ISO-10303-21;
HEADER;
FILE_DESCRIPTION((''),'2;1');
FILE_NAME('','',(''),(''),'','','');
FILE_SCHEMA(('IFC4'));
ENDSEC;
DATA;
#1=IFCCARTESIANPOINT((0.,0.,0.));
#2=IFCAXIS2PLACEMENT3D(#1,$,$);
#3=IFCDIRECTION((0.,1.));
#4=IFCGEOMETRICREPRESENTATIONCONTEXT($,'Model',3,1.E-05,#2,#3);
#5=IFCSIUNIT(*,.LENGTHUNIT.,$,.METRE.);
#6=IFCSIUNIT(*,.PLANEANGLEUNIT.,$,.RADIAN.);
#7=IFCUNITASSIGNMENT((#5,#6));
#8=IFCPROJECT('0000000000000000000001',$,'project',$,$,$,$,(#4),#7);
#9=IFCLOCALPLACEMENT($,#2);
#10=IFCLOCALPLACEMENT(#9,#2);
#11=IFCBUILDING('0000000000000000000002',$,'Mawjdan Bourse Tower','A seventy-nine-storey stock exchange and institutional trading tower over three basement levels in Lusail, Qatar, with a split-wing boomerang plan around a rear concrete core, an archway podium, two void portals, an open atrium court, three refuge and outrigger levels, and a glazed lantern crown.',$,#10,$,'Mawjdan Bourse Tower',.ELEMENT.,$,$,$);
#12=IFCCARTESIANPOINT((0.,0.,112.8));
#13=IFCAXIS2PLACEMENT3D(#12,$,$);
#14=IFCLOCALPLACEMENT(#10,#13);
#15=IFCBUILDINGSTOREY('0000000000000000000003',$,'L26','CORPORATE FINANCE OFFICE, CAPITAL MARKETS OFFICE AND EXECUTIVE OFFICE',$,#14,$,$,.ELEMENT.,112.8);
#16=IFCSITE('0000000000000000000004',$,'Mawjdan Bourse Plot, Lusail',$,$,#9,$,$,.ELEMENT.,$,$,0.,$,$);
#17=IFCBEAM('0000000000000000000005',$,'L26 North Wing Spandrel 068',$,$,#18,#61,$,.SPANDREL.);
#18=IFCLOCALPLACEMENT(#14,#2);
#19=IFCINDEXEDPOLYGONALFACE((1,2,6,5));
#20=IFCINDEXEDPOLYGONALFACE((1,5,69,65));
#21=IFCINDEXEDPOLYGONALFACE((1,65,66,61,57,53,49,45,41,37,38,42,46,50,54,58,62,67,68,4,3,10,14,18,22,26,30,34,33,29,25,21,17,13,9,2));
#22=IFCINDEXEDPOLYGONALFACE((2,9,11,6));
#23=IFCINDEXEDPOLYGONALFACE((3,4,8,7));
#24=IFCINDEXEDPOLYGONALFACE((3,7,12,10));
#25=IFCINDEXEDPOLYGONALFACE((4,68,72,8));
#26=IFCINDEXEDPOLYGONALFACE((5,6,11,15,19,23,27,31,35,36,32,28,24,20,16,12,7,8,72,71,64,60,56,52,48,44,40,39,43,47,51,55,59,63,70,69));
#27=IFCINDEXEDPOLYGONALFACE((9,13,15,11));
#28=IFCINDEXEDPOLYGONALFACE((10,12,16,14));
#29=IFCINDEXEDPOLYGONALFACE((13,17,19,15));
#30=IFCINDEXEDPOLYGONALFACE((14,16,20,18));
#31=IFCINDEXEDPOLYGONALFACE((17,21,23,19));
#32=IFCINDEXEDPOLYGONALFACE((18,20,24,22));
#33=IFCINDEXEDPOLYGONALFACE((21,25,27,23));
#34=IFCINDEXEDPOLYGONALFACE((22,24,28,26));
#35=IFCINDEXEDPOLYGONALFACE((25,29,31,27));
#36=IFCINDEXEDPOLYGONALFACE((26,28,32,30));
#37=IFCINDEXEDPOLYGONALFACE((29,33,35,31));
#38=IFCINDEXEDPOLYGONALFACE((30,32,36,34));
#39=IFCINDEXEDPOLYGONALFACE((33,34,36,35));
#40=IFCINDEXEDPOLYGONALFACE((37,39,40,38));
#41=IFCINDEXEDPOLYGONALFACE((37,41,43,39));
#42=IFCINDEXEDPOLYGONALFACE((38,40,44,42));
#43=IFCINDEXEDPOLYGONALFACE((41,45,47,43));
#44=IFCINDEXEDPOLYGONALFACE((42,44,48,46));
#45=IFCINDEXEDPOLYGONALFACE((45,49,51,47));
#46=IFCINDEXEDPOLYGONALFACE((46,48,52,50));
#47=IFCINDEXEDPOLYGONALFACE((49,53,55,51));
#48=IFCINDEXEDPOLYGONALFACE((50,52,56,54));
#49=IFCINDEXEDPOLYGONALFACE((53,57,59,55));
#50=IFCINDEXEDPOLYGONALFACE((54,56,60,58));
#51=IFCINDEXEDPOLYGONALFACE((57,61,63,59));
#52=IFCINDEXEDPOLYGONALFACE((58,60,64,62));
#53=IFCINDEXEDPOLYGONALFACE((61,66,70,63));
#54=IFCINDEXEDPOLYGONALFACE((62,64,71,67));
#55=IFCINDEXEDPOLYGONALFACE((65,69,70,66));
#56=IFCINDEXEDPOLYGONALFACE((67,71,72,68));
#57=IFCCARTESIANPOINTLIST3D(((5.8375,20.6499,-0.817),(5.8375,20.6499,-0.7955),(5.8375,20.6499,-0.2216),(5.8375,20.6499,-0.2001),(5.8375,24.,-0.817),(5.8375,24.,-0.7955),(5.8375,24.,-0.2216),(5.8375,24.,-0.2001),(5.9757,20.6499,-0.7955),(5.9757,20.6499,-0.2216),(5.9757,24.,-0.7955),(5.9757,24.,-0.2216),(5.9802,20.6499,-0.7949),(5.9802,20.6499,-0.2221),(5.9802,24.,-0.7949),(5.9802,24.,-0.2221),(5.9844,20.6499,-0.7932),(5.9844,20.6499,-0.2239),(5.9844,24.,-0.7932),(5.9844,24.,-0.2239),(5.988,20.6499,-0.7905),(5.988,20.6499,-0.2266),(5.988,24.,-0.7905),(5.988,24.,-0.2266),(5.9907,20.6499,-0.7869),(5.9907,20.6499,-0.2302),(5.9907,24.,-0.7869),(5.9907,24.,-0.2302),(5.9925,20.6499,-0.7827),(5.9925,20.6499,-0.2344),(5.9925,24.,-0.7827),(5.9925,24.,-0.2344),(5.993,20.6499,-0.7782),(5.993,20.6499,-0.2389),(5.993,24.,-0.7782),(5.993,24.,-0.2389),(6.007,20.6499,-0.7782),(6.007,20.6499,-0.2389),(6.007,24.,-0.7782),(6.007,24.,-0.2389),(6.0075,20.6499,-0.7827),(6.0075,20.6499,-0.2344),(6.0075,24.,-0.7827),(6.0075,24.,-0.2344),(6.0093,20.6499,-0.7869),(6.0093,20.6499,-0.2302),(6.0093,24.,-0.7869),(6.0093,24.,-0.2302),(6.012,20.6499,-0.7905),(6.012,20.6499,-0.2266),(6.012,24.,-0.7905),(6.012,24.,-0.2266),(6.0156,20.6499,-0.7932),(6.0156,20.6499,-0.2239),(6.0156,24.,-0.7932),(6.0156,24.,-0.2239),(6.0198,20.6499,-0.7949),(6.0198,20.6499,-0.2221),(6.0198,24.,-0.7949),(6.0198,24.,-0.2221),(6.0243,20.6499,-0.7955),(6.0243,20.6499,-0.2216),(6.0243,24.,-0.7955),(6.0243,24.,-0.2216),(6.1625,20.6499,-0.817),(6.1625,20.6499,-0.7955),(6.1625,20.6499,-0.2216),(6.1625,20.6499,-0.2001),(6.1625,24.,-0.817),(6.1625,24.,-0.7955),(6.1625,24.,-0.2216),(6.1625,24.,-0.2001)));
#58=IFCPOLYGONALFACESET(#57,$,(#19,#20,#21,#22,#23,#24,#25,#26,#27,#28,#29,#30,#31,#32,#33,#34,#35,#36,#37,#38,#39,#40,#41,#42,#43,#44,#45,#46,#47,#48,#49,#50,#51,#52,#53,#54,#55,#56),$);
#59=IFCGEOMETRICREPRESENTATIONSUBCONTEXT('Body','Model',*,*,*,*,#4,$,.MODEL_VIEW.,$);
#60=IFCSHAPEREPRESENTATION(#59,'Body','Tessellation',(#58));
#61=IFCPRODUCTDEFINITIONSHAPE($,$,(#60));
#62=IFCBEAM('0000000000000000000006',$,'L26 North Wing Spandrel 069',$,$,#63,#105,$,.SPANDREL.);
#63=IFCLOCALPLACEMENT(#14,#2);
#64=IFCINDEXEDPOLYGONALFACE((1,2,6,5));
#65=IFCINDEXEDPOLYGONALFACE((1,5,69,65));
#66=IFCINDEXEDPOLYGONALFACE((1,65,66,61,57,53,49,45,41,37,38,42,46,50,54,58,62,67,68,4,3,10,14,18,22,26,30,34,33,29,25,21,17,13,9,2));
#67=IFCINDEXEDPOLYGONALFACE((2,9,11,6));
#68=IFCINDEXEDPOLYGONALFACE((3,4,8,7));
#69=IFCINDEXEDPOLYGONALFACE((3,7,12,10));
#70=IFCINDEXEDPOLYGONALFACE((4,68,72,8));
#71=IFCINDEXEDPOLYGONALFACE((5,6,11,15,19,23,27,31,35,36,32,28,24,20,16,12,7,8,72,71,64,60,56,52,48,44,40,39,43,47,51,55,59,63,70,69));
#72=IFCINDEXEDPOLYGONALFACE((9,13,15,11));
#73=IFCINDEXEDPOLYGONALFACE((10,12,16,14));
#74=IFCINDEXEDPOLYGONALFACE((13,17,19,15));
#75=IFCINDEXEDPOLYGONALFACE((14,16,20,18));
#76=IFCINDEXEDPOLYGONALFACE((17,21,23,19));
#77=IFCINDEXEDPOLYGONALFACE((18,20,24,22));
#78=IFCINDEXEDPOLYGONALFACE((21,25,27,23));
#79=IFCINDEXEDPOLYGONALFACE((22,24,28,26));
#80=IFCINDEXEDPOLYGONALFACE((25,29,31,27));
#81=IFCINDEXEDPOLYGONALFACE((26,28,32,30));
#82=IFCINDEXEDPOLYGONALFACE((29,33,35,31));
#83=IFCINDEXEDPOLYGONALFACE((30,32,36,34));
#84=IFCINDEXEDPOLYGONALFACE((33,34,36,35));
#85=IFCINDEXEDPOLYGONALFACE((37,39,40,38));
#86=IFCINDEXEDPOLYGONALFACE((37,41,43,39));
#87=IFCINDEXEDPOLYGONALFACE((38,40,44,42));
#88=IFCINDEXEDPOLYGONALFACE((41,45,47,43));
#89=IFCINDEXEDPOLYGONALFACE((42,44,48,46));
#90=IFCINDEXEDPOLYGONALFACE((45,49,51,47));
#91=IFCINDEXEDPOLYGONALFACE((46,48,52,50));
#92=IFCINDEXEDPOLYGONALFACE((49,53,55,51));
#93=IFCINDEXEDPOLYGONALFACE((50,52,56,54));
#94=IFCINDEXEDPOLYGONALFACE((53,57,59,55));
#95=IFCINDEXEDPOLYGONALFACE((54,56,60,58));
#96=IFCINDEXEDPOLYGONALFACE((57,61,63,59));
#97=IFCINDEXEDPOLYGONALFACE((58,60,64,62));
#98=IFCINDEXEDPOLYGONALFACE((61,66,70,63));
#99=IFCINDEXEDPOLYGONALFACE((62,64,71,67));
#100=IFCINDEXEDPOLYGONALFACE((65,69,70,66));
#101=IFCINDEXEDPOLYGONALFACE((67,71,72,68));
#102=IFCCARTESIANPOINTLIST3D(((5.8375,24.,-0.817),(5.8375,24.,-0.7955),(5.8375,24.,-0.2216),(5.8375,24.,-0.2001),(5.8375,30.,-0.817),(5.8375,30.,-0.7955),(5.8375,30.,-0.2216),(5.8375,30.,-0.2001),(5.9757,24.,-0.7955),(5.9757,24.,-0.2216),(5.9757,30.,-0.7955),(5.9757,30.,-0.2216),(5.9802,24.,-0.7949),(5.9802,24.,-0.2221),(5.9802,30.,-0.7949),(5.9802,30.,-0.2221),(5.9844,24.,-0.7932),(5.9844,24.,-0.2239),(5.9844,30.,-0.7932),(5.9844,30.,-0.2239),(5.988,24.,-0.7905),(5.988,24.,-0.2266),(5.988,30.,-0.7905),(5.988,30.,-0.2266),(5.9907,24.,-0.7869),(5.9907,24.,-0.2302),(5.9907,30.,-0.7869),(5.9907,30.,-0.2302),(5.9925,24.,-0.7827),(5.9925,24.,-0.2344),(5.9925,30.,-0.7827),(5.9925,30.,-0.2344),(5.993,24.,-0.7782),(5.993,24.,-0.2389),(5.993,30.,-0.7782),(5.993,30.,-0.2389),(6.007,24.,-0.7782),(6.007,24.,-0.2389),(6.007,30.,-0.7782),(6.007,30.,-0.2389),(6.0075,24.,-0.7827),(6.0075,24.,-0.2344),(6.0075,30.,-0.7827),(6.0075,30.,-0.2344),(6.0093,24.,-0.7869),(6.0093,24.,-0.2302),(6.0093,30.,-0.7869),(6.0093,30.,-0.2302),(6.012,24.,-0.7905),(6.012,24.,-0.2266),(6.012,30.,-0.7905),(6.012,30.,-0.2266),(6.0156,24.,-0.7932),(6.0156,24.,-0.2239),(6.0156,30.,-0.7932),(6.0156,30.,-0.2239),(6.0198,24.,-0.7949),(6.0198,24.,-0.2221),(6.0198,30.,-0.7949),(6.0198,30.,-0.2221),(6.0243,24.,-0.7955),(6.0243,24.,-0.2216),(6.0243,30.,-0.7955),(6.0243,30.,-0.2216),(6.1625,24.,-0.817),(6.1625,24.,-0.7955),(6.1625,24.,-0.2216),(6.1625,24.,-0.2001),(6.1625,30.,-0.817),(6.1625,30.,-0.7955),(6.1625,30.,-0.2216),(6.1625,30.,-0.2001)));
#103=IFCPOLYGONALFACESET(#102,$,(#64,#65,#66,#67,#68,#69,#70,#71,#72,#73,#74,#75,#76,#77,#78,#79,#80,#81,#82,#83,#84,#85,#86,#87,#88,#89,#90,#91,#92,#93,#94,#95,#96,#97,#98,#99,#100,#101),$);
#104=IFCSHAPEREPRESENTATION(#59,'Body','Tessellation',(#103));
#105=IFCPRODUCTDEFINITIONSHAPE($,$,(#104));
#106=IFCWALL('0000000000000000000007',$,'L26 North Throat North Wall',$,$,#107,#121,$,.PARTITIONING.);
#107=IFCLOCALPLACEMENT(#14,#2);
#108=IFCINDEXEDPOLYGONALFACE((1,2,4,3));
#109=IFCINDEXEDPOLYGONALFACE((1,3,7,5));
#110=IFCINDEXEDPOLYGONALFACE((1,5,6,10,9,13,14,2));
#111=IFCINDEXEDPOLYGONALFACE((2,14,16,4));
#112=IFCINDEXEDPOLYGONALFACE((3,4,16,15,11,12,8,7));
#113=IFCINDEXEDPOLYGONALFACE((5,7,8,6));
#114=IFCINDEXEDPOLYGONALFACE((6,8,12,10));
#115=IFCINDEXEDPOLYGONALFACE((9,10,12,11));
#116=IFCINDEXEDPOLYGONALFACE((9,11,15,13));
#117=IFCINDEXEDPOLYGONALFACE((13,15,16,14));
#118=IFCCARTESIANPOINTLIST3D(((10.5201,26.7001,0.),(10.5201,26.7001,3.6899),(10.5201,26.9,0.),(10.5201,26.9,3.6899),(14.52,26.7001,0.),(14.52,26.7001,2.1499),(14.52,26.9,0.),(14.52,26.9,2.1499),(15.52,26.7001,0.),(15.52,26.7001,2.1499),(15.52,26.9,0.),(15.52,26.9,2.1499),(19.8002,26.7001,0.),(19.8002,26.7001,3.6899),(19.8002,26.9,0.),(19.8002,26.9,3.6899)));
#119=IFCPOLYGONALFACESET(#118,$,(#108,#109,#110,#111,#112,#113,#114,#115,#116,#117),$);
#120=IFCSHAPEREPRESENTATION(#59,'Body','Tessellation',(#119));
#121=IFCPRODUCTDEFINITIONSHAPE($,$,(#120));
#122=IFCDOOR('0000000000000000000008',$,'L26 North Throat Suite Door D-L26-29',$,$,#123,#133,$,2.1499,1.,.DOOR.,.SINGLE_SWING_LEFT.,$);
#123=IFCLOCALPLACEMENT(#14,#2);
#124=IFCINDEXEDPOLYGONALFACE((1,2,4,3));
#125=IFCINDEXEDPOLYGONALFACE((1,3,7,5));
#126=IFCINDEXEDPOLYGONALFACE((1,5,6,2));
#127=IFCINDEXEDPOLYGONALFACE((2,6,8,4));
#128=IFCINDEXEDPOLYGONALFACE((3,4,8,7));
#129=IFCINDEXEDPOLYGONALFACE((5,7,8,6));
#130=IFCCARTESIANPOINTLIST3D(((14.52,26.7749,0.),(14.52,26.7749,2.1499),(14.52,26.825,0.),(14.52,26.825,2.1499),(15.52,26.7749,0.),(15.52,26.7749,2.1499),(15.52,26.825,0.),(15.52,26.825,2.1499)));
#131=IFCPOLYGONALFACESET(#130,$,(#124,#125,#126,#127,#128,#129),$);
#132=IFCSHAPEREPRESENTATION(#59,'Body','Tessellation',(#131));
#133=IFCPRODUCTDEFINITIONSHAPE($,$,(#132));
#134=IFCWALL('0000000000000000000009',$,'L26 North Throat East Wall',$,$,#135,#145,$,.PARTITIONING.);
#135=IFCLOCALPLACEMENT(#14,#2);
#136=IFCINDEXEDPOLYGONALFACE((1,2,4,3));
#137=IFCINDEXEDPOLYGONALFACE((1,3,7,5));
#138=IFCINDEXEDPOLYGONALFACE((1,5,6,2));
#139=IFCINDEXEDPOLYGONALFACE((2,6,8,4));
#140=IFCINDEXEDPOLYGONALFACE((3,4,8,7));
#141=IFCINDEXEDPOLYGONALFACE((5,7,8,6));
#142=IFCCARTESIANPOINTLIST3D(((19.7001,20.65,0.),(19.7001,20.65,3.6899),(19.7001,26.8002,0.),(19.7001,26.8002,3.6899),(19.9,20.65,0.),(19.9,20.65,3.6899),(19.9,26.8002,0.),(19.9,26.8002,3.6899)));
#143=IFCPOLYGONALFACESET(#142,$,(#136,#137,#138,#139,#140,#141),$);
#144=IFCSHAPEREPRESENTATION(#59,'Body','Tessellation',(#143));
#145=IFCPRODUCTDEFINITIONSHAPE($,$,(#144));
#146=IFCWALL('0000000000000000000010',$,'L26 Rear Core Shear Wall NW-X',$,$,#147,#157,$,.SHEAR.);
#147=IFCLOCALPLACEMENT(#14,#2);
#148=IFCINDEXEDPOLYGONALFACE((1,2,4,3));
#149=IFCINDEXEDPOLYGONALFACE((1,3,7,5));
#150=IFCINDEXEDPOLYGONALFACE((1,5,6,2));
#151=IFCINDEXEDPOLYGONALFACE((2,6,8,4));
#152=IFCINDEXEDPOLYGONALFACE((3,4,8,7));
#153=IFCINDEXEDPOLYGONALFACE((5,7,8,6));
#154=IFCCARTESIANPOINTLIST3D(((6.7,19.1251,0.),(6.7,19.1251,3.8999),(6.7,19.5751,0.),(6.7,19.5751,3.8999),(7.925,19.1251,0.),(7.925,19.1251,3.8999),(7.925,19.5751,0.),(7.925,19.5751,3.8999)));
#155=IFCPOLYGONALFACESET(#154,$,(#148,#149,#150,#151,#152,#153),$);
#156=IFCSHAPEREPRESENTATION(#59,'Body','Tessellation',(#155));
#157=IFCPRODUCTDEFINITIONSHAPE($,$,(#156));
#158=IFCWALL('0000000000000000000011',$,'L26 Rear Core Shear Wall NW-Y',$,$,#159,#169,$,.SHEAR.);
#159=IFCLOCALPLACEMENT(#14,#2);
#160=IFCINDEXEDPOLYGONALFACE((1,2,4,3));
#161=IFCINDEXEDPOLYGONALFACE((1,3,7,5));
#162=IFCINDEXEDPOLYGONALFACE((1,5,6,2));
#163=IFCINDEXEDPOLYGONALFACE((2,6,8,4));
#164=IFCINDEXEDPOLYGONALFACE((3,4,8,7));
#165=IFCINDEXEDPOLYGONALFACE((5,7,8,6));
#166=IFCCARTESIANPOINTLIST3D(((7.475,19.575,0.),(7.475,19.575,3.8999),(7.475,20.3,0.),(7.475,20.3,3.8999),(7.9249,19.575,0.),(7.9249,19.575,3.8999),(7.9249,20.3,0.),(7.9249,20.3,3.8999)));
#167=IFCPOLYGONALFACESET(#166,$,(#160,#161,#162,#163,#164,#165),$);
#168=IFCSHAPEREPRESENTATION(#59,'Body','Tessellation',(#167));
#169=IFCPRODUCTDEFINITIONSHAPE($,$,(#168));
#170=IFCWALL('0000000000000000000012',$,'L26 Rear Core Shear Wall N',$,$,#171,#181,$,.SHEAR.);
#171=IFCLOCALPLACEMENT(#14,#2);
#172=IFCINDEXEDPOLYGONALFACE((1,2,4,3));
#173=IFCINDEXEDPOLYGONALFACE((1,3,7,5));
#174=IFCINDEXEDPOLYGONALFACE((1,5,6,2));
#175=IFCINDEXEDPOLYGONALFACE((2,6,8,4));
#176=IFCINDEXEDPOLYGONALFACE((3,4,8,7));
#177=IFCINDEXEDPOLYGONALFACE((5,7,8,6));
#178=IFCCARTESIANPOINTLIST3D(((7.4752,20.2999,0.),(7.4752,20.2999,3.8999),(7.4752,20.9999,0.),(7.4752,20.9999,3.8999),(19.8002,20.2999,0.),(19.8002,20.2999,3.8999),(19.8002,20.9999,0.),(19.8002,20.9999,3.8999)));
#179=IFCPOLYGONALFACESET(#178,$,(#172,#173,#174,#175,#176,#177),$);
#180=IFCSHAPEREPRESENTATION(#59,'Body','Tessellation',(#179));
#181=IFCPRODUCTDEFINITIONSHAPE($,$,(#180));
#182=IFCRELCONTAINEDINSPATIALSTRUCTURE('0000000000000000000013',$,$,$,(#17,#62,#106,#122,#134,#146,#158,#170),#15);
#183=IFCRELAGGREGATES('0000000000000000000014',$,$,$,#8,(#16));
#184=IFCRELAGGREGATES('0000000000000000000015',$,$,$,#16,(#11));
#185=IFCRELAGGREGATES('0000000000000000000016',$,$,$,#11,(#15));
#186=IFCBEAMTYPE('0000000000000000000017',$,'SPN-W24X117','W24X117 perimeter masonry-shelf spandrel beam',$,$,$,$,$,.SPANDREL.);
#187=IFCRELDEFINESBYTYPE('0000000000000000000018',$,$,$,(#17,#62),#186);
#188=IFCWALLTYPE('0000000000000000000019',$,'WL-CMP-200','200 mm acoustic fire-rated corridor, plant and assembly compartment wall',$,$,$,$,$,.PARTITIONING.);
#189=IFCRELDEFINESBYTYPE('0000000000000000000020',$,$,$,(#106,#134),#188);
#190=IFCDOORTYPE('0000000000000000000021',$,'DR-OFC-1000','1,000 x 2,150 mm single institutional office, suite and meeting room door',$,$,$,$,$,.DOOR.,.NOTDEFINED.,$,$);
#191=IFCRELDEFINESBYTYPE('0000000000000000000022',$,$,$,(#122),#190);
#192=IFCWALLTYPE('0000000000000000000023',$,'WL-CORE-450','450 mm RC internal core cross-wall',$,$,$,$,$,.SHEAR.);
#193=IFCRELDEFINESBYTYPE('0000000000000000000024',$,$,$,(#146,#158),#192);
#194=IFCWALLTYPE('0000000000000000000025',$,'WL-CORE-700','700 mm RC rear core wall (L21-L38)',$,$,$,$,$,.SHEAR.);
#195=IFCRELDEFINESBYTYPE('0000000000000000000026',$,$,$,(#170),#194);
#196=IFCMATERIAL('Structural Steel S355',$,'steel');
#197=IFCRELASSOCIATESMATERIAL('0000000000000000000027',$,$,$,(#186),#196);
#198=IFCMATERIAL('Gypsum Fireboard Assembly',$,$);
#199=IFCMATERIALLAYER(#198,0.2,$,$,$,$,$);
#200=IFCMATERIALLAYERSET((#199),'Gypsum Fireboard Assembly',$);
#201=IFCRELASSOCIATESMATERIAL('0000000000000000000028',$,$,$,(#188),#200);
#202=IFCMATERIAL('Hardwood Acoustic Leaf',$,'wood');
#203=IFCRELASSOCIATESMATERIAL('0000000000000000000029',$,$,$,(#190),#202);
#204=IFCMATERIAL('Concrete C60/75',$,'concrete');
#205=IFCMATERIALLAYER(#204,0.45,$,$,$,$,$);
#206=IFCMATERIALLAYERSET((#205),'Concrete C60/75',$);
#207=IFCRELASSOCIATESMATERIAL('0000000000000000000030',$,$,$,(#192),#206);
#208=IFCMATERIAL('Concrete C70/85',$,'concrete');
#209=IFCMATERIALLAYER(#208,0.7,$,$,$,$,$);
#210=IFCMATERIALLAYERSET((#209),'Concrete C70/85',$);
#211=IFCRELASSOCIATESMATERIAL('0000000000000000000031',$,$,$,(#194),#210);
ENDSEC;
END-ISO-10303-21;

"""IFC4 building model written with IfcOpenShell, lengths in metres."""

from ifc_helpers import new_model, si_unit, direction, frame, frame_2d, origin, origin_2d, place, context, subcontext, project, spatial, rectangle, i_section, extrude, material, layer, layer_set, material_profile, profile_set, type_object, element, fill, save


model = new_model("IFC4")

# Units and contexts
model_context = context("Model", 3, precision=1e-05, world=origin(), true_north=direction((0.0, 1.0)))
body_context = subcontext(model_context, "Body", "Model", "MODEL_VIEW")
ifc_project = project(units=[si_unit("LENGTHUNIT", "METRE"), si_unit("PLANEANGLEUNIT", "RADIAN")], contexts=[model_context])

# Site, building, storey
site_placement = place(None, origin())
site = spatial("IfcSite", under=ifc_project, at=site_placement, Name="Mawjdan Bourse Plot, Lusail", CompositionType="ELEMENT", RefElevation=0.0)
building_placement = place(site_placement, origin())
building = spatial("IfcBuilding", under=site, at=building_placement, Name="Mawjdan Bourse Tower", Description="A seventy-nine-storey stock exchange and institutional trading tower over three basement levels in Lusail, Qatar, with a split-wing boomerang plan around a rear concrete core, an archway podium, two void portals, an open atrium court, three refuge and outrigger levels, and a glazed lantern crown.", LongName="Mawjdan Bourse Tower", CompositionType="ELEMENT")
storey_placement = place(building_placement, frame((0.0, 0.0, 112.8)))
storey = spatial("IfcBuildingStorey", under=building, at=storey_placement, Name="L26", Description="CORPORATE FINANCE OFFICE, CAPITAL MARKETS OFFICE AND EXECUTIVE OFFICE", CompositionType="ELEMENT", Elevation=112.8)

# Shared definitions
ifc_material_1 = material(Name="Concrete C70/85", Category="concrete")

# Beams
ifc_material_2 = material(Name="Structural Steel S355", Category="steel")
ifc_material_profile_1 = material_profile(ifc_material_2, i_section(OverallWidth=0.325, OverallDepth=0.6169, WebThickness=0.0139, FlangeThickness=0.0215, FilletRadius=0.0173, at=origin_2d()), Name="W24X117")
ifc_profile_set_1 = profile_set([ifc_material_profile_1], Name="Structural Steel S355")
beam_type_1 = type_object("IfcBeamType", Name="SPN-W24X117", Description="W24X117 perimeter masonry-shelf spandrel beam", PredefinedType="SPANDREL", material=ifc_profile_set_1)
beam_1_placement = place(storey_placement, frame((6.0, 20.6499, -0.5085), z_axis=(0.0, 1.0, 0.0), x_axis=(-1.0, 0.0, 0.0)))
element("IfcBeam", 1, at=beam_1_placement, inside=storey, type_object=beam_type_1, Name="L26 North Wing Spandrel 068", PredefinedType="SPANDREL", context=body_context, shape_type="SweptSolid", body=[
    extrude(i_section(OverallWidth=0.325, OverallDepth=0.6169, WebThickness=0.0139, FlangeThickness=0.0215, FilletRadius=0.0173, at=origin_2d()), origin(), (0.0, 0.0, 1.0), 3.3501),
])
beam_2_placement = place(storey_placement, frame((6.0, 24.0, -0.5085), z_axis=(0.0, 1.0, 0.0), x_axis=(-1.0, 0.0, 0.0)))
element("IfcBeam", 2, at=beam_2_placement, inside=storey, type_object=beam_type_1, Name="L26 North Wing Spandrel 069", PredefinedType="SPANDREL", context=body_context, shape_type="SweptSolid", body=[
    extrude(i_section(OverallWidth=0.325, OverallDepth=0.6169, WebThickness=0.0139, FlangeThickness=0.0215, FilletRadius=0.0173, at=origin_2d()), origin(), (0.0, 0.0, 1.0), 6.0),
])

# Wall, opening, door
ifc_material_3 = material(Name="Gypsum Fireboard Assembly")
ifc_layer_1 = layer(ifc_material_3, 0.2)
ifc_layer_set_1 = layer_set([ifc_layer_1], Name="Gypsum Fireboard Assembly")
wall_type_1 = type_object("IfcWallType", Name="WL-CMP-200", Description="200 mm acoustic fire-rated corridor, plant and assembly compartment wall", PredefinedType="PARTITIONING", material=ifc_layer_set_1)
wall_1_placement = place(storey_placement, frame((10.52, 26.8, 0.0), z_axis=(0.0, 0.0, 1.0), x_axis=(1.0, 0.0, 0.0)))
wall_1 = element("IfcWall", 3, at=wall_1_placement, inside=storey, type_object=wall_type_1, Name="L26 North Throat North Wall", PredefinedType="PARTITIONING", context=body_context, shape_type="SweptSolid", body=[
    extrude(rectangle(XDim=9.28, YDim=0.2, at=frame_2d((4.6401, 0.0))), origin(), (0.0, 0.0, 1.0), 3.6899),
])
opening_1_placement = place(wall_1_placement, frame((4.0, 0.0, 0.0)))
opening_1 = element("IfcOpeningElement", 4, at=opening_1_placement, cuts=wall_1, PredefinedType="OPENING", context=body_context, shape_type="SweptSolid", body=[
    extrude(rectangle(XDim=1.0, YDim=2.1499, at=frame_2d((0.5, 1.075))), frame((0.0, 0.1099, 0.0), z_axis=(0.0, -1.0, 0.0), x_axis=(1.0, 0.0, 0.0)), (0.0, 0.0, 1.0), 0.22),
])
ifc_material_4 = material(Name="Hardwood Acoustic Leaf", Category="wood")
door_type_1 = type_object("IfcDoorType", Name="DR-OFC-1000", Description="1,000 x 2,150 mm single institutional office, suite and meeting room door", OperationType="NOTDEFINED", PredefinedType="DOOR", material=ifc_material_4)
door_1_placement = place(opening_1_placement, origin())
door_1 = element("IfcDoor", 5, at=door_1_placement, inside=storey, type_object=door_type_1, Name="L26 North Throat Suite Door D-L26-29", OperationType="SINGLE_SWING_LEFT", OverallHeight=2.1499, OverallWidth=1.0, PredefinedType="DOOR", context=body_context, shape_type="SweptSolid", body=[
    extrude(rectangle(XDim=1.0, YDim=2.1499, at=frame_2d((0.5, 1.075))), frame((0.0, 0.0249, 0.0), z_axis=(0.0, -1.0, 0.0), x_axis=(1.0, 0.0, 0.0)), (0.0, 0.0, 1.0), 0.05),
])
fill(opening_1, door_1)

# Walls
wall_2_placement = place(storey_placement, frame((19.8, 20.6499, 0.0), z_axis=(0.0, 0.0, 1.0), x_axis=(0.0, 1.0, 0.0)))
element("IfcWall", 6, at=wall_2_placement, inside=storey, type_object=wall_type_1, Name="L26 North Throat East Wall", PredefinedType="PARTITIONING", context=body_context, shape_type="SweptSolid", body=[
    extrude(rectangle(XDim=6.1501, YDim=0.2, at=frame_2d((3.0752, 0.0))), origin(), (0.0, 0.0, 1.0), 3.6899),
])
ifc_material_5 = material(Name="Concrete C60/75", Category="concrete")
ifc_layer_2 = layer(ifc_material_5, 0.45)
ifc_layer_set_2 = layer_set([ifc_layer_2], Name="Concrete C60/75")
wall_type_2 = type_object("IfcWallType", Name="WL-CORE-450", Description="450 mm RC internal core cross-wall", PredefinedType="SHEAR", material=ifc_layer_set_2)
wall_3_placement = place(storey_placement, frame((6.7, 19.3501, 0.0), z_axis=(0.0, 0.0, 1.0), x_axis=(1.0, 0.0, 0.0)))
element("IfcWall", 7, at=wall_3_placement, inside=storey, type_object=wall_type_2, Name="L26 Rear Core Shear Wall NW-X", PredefinedType="SHEAR", context=body_context, shape_type="SweptSolid", body=[
    extrude(rectangle(XDim=1.2251, YDim=0.45, at=frame_2d((0.6125, 0.0))), origin(), (0.0, 0.0, 1.0), 3.8999),
])
wall_4_placement = place(storey_placement, frame((7.7, 19.575, 0.0), z_axis=(0.0, 0.0, 1.0), x_axis=(0.0, 1.0, 0.0)))
element("IfcWall", 8, at=wall_4_placement, inside=storey, type_object=wall_type_2, Name="L26 Rear Core Shear Wall NW-Y", PredefinedType="SHEAR", context=body_context, shape_type="SweptSolid", body=[
    extrude(rectangle(XDim=0.7251, YDim=0.45, at=frame_2d((0.3625, 0.0))), origin(), (0.0, 0.0, 1.0), 3.8999),
])
ifc_layer_3 = layer(ifc_material_1, 0.7)
ifc_layer_set_3 = layer_set([ifc_layer_3], Name="Concrete C70/85")
wall_type_3 = type_object("IfcWallType", Name="WL-CORE-700", Description="700 mm RC rear core wall (L21-L38)", PredefinedType="SHEAR", material=ifc_layer_set_3)
wall_5_placement = place(storey_placement, frame((7.4751, 20.6499, 0.0), z_axis=(0.0, 0.0, 1.0), x_axis=(1.0, 0.0, 0.0)))
element("IfcWall", 9, at=wall_5_placement, inside=storey, type_object=wall_type_3, Name="L26 Rear Core Shear Wall N", PredefinedType="SHEAR", context=body_context, shape_type="SweptSolid", body=[
    extrude(rectangle(XDim=12.325, YDim=0.7, at=frame_2d((6.1626, 0.0))), origin(), (0.0, 0.0, 1.0), 3.8999),
])

save(model, "model.ifc")
